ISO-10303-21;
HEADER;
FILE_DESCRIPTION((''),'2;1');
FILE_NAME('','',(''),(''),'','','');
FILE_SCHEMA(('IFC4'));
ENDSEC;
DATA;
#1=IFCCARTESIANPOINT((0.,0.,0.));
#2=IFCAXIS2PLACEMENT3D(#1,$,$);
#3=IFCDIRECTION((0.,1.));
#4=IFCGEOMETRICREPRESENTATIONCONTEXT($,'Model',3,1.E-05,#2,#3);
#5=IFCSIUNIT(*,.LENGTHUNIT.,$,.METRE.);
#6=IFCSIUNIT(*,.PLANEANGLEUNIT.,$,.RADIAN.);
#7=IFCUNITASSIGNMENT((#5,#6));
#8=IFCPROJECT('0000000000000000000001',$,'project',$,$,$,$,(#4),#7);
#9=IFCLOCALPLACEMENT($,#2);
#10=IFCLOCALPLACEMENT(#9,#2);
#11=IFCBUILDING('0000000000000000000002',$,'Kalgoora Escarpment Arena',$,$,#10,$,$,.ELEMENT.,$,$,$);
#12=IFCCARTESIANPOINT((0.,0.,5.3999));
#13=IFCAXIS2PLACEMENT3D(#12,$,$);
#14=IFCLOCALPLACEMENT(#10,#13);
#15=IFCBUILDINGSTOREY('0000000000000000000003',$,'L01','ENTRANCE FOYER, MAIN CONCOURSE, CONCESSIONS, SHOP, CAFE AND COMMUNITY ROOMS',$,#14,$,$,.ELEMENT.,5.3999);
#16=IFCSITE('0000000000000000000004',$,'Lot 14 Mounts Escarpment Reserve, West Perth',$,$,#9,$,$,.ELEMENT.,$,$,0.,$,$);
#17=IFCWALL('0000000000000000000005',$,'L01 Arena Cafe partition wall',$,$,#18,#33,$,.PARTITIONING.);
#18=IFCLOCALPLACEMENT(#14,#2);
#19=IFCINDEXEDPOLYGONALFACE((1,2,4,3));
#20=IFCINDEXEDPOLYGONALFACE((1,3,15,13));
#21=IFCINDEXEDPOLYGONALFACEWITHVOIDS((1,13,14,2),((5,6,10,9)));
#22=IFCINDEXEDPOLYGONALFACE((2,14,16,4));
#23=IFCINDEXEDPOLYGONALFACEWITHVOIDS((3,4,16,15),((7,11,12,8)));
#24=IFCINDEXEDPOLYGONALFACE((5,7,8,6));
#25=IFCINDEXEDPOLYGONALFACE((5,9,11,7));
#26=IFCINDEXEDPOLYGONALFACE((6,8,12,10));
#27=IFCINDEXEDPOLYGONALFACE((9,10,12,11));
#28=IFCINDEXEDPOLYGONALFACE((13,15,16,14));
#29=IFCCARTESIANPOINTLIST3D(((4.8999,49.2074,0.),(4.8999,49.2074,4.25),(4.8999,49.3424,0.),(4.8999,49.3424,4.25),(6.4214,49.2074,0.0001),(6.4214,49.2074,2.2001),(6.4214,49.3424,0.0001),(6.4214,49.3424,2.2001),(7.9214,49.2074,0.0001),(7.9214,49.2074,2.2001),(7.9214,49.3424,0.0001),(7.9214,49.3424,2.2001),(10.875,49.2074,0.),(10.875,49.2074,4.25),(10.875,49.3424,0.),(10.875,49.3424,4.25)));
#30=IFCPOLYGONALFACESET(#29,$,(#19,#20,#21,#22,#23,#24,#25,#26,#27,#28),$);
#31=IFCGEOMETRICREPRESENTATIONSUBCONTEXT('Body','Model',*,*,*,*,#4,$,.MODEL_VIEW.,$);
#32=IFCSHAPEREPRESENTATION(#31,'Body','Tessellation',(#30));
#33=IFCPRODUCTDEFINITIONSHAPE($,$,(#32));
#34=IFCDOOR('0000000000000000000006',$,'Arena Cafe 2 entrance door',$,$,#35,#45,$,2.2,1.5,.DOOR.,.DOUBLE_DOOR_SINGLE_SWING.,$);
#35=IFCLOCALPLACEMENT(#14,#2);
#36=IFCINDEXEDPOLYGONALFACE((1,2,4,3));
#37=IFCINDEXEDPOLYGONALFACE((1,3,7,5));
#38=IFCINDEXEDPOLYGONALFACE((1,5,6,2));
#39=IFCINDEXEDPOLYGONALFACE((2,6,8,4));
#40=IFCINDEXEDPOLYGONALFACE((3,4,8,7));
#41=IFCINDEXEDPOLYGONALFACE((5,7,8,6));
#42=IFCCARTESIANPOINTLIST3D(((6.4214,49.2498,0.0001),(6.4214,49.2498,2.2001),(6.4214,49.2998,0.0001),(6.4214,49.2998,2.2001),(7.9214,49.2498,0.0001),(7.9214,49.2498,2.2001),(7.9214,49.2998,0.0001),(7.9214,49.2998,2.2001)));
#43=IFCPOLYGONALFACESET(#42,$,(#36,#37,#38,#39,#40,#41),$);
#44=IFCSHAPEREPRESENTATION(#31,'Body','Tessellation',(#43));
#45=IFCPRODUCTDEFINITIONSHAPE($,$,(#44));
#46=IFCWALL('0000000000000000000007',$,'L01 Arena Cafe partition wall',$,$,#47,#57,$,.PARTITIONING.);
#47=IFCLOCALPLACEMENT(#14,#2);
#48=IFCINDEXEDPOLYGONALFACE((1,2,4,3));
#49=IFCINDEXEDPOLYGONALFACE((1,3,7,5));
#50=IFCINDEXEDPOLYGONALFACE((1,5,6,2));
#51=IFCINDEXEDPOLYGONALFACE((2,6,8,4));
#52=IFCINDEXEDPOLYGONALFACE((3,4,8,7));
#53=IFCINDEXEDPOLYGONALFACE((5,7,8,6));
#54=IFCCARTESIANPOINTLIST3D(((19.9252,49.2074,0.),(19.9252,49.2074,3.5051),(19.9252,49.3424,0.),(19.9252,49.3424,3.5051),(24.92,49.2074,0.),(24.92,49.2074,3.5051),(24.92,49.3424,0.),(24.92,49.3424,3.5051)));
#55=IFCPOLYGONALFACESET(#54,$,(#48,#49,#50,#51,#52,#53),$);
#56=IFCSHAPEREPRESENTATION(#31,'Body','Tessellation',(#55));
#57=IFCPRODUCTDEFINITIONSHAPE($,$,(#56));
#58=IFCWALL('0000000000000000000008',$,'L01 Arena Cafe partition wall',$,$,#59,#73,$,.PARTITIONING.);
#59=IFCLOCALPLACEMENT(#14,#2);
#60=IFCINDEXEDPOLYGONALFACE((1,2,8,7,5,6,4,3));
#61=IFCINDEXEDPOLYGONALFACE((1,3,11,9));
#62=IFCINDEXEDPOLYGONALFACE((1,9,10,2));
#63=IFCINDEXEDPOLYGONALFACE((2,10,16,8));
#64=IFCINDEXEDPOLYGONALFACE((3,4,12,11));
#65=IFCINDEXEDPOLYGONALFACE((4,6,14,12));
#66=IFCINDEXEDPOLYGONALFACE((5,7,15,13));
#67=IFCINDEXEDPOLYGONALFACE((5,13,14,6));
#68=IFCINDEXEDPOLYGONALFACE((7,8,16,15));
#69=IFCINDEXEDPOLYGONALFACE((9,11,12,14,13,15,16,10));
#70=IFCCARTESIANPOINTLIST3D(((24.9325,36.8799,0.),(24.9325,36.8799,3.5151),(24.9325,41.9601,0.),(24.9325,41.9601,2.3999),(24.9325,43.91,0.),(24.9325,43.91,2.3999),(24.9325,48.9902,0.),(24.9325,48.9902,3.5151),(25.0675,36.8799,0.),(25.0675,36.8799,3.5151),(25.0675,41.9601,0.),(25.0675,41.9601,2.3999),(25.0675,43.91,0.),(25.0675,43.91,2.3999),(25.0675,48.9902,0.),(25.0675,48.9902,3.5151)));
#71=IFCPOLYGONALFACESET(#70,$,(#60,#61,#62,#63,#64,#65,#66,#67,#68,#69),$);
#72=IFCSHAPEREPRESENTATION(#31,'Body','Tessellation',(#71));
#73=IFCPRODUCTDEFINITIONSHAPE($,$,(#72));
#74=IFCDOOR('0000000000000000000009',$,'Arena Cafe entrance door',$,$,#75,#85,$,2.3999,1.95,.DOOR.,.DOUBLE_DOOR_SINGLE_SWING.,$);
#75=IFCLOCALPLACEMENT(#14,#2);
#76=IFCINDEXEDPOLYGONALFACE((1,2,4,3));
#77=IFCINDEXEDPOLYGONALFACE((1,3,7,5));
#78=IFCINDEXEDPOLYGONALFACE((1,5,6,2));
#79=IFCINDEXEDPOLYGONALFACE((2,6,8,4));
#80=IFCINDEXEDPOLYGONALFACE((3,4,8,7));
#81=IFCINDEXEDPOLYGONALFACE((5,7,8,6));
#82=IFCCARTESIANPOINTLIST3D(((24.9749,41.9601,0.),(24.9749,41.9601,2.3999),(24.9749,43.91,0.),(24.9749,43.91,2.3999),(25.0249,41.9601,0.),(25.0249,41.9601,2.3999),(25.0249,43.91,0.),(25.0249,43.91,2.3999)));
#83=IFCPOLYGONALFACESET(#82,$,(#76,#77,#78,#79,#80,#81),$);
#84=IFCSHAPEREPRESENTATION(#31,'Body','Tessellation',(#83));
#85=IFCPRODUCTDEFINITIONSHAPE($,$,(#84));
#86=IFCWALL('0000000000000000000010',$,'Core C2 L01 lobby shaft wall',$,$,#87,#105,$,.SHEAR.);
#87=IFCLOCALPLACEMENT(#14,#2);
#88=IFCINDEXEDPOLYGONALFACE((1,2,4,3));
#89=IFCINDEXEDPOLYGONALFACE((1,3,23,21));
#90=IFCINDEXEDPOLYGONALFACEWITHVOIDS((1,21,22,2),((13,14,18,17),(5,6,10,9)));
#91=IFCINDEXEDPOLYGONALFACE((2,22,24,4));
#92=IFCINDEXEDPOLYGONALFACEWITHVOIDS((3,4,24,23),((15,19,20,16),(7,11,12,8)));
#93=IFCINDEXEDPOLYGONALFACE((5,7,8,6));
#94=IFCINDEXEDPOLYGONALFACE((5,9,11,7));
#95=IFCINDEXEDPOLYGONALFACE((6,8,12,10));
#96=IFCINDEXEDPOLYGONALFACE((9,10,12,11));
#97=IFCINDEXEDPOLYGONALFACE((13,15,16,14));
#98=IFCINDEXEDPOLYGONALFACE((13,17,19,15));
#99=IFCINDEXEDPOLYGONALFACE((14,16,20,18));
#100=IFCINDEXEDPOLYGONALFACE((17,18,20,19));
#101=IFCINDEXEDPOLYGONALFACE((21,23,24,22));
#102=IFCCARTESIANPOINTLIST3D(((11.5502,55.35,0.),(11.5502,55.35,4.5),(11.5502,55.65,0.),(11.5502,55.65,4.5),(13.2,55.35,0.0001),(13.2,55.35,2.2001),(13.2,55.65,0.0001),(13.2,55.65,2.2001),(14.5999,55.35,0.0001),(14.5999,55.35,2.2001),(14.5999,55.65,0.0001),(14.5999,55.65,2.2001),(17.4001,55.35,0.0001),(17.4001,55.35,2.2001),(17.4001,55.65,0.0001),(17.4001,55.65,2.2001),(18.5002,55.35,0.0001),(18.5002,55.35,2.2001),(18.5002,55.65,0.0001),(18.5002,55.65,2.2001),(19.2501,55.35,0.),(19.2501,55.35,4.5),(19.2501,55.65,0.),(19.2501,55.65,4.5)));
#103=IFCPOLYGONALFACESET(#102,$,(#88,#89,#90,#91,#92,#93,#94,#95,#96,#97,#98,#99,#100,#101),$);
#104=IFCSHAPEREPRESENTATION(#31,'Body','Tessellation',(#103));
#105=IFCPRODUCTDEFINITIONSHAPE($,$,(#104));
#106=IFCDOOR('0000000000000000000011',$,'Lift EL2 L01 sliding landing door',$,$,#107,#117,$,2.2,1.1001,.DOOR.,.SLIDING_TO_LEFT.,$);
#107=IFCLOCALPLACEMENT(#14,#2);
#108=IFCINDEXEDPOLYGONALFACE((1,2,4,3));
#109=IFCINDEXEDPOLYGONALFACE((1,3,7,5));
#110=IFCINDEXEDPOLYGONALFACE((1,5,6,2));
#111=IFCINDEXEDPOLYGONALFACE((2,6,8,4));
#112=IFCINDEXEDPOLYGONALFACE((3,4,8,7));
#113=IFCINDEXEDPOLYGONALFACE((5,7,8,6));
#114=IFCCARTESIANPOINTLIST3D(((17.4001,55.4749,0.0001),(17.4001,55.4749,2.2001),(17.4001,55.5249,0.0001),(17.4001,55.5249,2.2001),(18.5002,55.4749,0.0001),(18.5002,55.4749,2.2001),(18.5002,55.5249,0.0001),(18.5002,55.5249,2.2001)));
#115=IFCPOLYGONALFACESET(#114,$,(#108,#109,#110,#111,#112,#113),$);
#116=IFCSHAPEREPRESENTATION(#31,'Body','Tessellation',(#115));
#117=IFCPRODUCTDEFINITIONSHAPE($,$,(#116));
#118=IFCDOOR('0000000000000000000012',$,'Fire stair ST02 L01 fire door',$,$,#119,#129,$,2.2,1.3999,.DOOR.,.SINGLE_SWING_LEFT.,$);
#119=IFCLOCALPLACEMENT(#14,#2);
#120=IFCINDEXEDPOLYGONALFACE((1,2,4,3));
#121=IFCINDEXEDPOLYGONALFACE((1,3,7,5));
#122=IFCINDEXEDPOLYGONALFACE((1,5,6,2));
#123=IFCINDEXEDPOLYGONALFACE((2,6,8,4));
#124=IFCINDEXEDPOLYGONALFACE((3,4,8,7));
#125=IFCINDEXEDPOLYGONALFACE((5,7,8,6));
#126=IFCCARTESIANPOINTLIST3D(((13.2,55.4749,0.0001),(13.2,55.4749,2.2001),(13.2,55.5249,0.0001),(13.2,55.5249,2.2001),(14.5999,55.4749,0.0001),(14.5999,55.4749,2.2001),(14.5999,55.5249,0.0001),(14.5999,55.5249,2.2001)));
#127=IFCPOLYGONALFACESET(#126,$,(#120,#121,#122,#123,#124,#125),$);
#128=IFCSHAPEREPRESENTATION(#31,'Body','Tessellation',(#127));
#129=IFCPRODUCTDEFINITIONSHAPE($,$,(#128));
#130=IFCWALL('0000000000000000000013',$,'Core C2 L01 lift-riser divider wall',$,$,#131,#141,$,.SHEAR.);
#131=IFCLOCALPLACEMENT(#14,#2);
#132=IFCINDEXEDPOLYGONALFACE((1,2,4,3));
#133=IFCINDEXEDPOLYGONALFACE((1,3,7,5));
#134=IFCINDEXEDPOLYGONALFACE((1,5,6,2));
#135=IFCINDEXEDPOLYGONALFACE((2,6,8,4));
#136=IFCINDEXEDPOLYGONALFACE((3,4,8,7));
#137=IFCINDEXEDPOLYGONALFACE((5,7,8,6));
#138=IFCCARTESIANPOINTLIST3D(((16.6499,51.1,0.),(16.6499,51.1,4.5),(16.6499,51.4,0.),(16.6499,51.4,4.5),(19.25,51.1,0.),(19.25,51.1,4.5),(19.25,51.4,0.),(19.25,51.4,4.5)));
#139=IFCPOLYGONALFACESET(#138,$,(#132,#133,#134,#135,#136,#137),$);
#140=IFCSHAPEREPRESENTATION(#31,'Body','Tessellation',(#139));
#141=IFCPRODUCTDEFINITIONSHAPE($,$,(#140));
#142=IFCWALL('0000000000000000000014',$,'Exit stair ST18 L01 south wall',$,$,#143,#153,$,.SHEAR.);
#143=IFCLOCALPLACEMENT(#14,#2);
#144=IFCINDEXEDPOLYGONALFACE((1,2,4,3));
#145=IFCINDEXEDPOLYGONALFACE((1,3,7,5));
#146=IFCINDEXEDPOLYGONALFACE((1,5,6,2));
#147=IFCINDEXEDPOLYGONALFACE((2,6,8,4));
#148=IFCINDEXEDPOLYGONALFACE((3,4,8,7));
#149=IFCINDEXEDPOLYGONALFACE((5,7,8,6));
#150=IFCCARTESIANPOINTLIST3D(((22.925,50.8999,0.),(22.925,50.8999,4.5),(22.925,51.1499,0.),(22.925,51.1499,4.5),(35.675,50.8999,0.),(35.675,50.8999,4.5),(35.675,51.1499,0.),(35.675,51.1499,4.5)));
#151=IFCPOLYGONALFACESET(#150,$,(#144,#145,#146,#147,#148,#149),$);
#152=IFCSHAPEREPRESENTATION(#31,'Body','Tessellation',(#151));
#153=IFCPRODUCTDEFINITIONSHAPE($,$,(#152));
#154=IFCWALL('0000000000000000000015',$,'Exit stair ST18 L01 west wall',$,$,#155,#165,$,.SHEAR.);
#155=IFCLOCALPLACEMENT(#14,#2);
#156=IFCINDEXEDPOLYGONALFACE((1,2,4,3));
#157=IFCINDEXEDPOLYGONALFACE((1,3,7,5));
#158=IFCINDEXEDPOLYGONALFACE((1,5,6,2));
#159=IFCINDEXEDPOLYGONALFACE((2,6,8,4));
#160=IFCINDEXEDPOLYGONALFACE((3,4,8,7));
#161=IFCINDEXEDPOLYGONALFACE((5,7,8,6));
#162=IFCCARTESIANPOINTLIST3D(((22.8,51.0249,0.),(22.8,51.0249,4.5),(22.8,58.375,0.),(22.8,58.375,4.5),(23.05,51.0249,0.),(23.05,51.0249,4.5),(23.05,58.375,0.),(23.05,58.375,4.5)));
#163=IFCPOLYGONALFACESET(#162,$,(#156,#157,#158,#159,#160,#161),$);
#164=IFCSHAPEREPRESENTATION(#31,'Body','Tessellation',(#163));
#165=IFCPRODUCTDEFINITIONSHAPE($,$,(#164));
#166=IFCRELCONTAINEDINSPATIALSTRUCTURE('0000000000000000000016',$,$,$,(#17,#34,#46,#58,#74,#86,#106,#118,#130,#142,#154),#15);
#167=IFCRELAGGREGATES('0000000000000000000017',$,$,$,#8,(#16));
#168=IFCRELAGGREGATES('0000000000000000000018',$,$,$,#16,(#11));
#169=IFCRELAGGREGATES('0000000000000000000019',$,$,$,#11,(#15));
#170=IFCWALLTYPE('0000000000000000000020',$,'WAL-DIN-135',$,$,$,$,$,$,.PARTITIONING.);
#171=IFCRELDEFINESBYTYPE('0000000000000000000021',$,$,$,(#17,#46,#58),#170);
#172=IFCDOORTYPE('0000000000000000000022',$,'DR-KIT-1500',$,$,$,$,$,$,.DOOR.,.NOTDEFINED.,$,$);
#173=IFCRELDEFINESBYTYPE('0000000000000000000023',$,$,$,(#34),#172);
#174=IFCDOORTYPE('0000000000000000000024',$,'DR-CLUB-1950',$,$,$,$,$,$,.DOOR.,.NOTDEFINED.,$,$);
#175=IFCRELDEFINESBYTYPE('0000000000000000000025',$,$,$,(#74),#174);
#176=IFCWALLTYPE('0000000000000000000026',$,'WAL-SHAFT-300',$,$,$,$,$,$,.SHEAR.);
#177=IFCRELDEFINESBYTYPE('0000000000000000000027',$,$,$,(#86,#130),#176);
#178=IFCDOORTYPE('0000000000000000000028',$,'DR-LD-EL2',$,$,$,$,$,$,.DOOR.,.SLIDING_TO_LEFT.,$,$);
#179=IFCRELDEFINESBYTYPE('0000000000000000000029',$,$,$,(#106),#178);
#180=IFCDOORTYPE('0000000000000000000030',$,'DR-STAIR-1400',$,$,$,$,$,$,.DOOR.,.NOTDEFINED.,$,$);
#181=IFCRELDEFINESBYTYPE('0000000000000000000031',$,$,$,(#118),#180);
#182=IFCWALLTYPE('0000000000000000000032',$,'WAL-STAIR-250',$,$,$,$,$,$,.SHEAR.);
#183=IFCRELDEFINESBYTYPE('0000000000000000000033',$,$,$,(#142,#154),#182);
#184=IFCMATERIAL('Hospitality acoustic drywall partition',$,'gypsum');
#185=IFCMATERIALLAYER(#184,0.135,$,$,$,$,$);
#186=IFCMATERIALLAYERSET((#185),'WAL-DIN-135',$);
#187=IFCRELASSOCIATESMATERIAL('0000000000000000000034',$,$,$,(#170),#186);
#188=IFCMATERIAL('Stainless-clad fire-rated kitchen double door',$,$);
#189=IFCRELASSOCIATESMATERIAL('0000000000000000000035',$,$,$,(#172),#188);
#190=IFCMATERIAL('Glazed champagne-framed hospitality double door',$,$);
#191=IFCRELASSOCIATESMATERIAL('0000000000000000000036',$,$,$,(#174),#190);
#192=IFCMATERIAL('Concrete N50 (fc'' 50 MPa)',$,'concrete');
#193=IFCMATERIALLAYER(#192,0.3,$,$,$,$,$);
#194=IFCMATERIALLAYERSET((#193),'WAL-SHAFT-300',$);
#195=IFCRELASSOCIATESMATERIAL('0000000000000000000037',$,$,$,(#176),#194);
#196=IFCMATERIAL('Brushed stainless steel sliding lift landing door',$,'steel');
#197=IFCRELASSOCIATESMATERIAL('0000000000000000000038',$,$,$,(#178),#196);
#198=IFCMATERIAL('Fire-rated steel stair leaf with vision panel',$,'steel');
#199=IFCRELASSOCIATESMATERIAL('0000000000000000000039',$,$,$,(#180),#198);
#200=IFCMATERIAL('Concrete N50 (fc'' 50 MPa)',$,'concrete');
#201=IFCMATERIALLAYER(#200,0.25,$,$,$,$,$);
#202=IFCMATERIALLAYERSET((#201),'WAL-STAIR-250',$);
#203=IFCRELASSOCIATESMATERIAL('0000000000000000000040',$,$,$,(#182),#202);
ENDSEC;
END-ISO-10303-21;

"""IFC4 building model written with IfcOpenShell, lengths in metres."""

from ifc_helpers import new_model, si_unit, direction, frame, frame_2d, origin, place, context, subcontext, project, spatial, rectangle, extrude, material, layer, layer_set, type_object, element, fill, save


model = new_model("IFC4")

# Units and contexts
model_context = context("Model", 3, precision=1e-05, world=origin(), true_north=direction((0.0, 1.0)))
body_context = subcontext(model_context, "Body", "Model", "MODEL_VIEW")
ifc_project = project(units=[si_unit("LENGTHUNIT", "METRE"), si_unit("PLANEANGLEUNIT", "RADIAN")], contexts=[model_context])

# Site, building, storey
site_placement = place(None, origin())
site = spatial("IfcSite", under=ifc_project, at=site_placement, Name="Lot 14 Mounts Escarpment Reserve, West Perth", CompositionType="ELEMENT", RefElevation=0.0)
building_placement = place(site_placement, origin())
building = spatial("IfcBuilding", under=site, at=building_placement, Name="Kalgoora Escarpment Arena", CompositionType="ELEMENT")
storey_placement = place(building_placement, frame((0.0, 0.0, 5.3999)))
storey = spatial("IfcBuildingStorey", under=building, at=storey_placement, Name="L01", Description="ENTRANCE FOYER, MAIN CONCOURSE, CONCESSIONS, SHOP, CAFE AND COMMUNITY ROOMS", CompositionType="ELEMENT", Elevation=5.3999)

# Wall, opening, door
ifc_material_1 = material(Name="Hospitality acoustic drywall partition", Category="gypsum")
ifc_layer_1 = layer(ifc_material_1, 0.135)
ifc_layer_set_1 = layer_set([ifc_layer_1], Name="WAL-DIN-135")
wall_type_1 = type_object("IfcWallType", Name="WAL-DIN-135", PredefinedType="PARTITIONING", material=ifc_layer_set_1)
wall_1_placement = place(storey_placement, frame((4.8999, 49.2749, 0.0), z_axis=(0.0, 0.0, 1.0), x_axis=(1.0, 0.0, 0.0)))
wall_1 = element("IfcWall", 1, at=wall_1_placement, inside=storey, type_object=wall_type_1, Name="L01 Arena Cafe partition wall", PredefinedType="PARTITIONING", context=body_context, shape_type="SweptSolid", body=[
    extrude(rectangle(XDim=5.9751, YDim=0.135, at=frame_2d((2.9875, 0.0))), origin(), (0.0, 0.0, 1.0), 4.25),
])
opening_1_placement = place(wall_1_placement, frame((1.5215, 0.0, 0.0)))
opening_1 = element("IfcOpeningElement", 2, at=opening_1_placement, cuts=wall_1, PredefinedType="OPENING", context=body_context, shape_type="SweptSolid", body=[
    extrude(rectangle(XDim=1.5, YDim=2.2, at=frame_2d((0.75, 1.1001))), frame((0.0, 0.0774, 0.0), z_axis=(0.0, -1.0, 0.0), x_axis=(1.0, 0.0, 0.0)), (0.0, 0.0, 1.0), 0.155),
])
ifc_material_2 = material(Name="Stainless-clad fire-rated kitchen double door")
door_type_1 = type_object("IfcDoorType", Name="DR-KIT-1500", OperationType="NOTDEFINED", PredefinedType="DOOR", material=ifc_material_2)
door_1_placement = place(opening_1_placement, origin())
door_1 = element("IfcDoor", 3, at=door_1_placement, inside=storey, type_object=door_type_1, Name="Arena Cafe 2 entrance door", OperationType="DOUBLE_DOOR_SINGLE_SWING", OverallHeight=2.2, OverallWidth=1.5, PredefinedType="DOOR", context=body_context, shape_type="SweptSolid", body=[
    extrude(rectangle(XDim=1.5, YDim=2.2, at=frame_2d((0.75, 1.1001))), frame((0.0, 0.0249, 0.0), z_axis=(0.0, -1.0, 0.0), x_axis=(1.0, 0.0, 0.0)), (0.0, 0.0, 1.0), 0.05),
])
fill(opening_1, door_1)

# Wall
wall_2_placement = place(storey_placement, frame((19.925, 49.2749, 0.0), z_axis=(0.0, 0.0, 1.0), x_axis=(1.0, 0.0, 0.0)))
element("IfcWall", 4, at=wall_2_placement, inside=storey, type_object=wall_type_1, Name="L01 Arena Cafe partition wall", PredefinedType="PARTITIONING", context=body_context, shape_type="SweptSolid", body=[
    extrude(rectangle(XDim=4.9949, YDim=0.135, at=frame_2d((2.4976, 0.0))), origin(), (0.0, 0.0, 1.0), 3.5051),
])

# Wall, opening, door
wall_3_placement = place(storey_placement, frame((25.0, 48.9902, 0.0), z_axis=(0.0, 0.0, 1.0), x_axis=(0.0, -1.0, 0.0)))
wall_3 = element("IfcWall", 5, at=wall_3_placement, inside=storey, type_object=wall_type_1, Name="L01 Arena Cafe partition wall", PredefinedType="PARTITIONING", context=body_context, shape_type="SweptSolid", body=[
    extrude(rectangle(XDim=12.1104, YDim=0.135, at=frame_2d((6.0552, 0.0))), origin(), (0.0, 0.0, 1.0), 3.5151),
])
opening_2_placement = place(wall_3_placement, frame((5.0801, 0.0, 0.0)))
opening_2 = element("IfcOpeningElement", 6, at=opening_2_placement, cuts=wall_3, PredefinedType="OPENING", context=body_context, shape_type="SweptSolid", body=[
    extrude(rectangle(XDim=1.95, YDim=2.3999, at=frame_2d((0.9751, 1.2))), frame((0.0, 0.0774, 0.0), z_axis=(0.0, -1.0, 0.0), x_axis=(1.0, 0.0, 0.0)), (0.0, 0.0, 1.0), 0.155),
])
ifc_material_3 = material(Name="Glazed champagne-framed hospitality double door")
door_type_2 = type_object("IfcDoorType", Name="DR-CLUB-1950", OperationType="NOTDEFINED", PredefinedType="DOOR", material=ifc_material_3)
door_2_placement = place(opening_2_placement, origin())
door_2 = element("IfcDoor", 7, at=door_2_placement, inside=storey, type_object=door_type_2, Name="Arena Cafe entrance door", OperationType="DOUBLE_DOOR_SINGLE_SWING", OverallHeight=2.3999, OverallWidth=1.95, PredefinedType="DOOR", context=body_context, shape_type="SweptSolid", body=[
    extrude(rectangle(XDim=1.95, YDim=2.3999, at=frame_2d((0.9751, 1.2))), frame((0.0, 0.0249, 0.0), z_axis=(0.0, -1.0, 0.0), x_axis=(1.0, 0.0, 0.0)), (0.0, 0.0, 1.0), 0.05),
])
fill(opening_2, door_2)

# Wall, openings, doors
ifc_material_4 = material(Name="Concrete N50 (fc' 50 MPa)", Category="concrete")
ifc_layer_2 = layer(ifc_material_4, 0.3)
ifc_layer_set_2 = layer_set([ifc_layer_2], Name="WAL-SHAFT-300")
wall_type_2 = type_object("IfcWallType", Name="WAL-SHAFT-300", PredefinedType="SHEAR", material=ifc_layer_set_2)
wall_4_placement = place(storey_placement, frame((11.55, 55.5, 0.0), z_axis=(0.0, 0.0, 1.0), x_axis=(1.0, 0.0, 0.0)))
wall_4 = element("IfcWall", 8, at=wall_4_placement, inside=storey, type_object=wall_type_2, Name="Core C2 L01 lobby shaft wall", PredefinedType="SHEAR", context=body_context, shape_type="SweptSolid", body=[
    extrude(rectangle(XDim=7.7, YDim=0.3, at=frame_2d((3.8501, 0.0))), origin(), (0.0, 0.0, 1.0), 4.5),
])
opening_3_placement = place(wall_4_placement, frame((1.6499, 0.0, 0.0)))
opening_3 = element("IfcOpeningElement", 9, at=opening_3_placement, cuts=wall_4, PredefinedType="OPENING", context=body_context, shape_type="SweptSolid", body=[
    extrude(rectangle(XDim=1.3999, YDim=2.2, at=frame_2d((0.7, 1.1001))), frame((0.0, 0.1599, 0.0), z_axis=(0.0, -1.0, 0.0), x_axis=(1.0, 0.0, 0.0)), (0.0, 0.0, 1.0), 0.3201),
])
opening_4_placement = place(wall_4_placement, frame((5.8501, 0.0, 0.0)))
opening_4 = element("IfcOpeningElement", 10, at=opening_4_placement, cuts=wall_4, PredefinedType="OPENING", context=body_context, shape_type="SweptSolid", body=[
    extrude(rectangle(XDim=1.1001, YDim=2.2, at=frame_2d((0.55, 1.1001))), frame((0.0, 0.1599, 0.0), z_axis=(0.0, -1.0, 0.0), x_axis=(1.0, 0.0, 0.0)), (0.0, 0.0, 1.0), 0.3201),
])
ifc_material_5 = material(Name="Brushed stainless steel sliding lift landing door", Category="steel")
door_type_3 = type_object("IfcDoorType", Name="DR-LD-EL2", OperationType="SLIDING_TO_LEFT", PredefinedType="DOOR", material=ifc_material_5)
door_3_placement = place(opening_4_placement, origin())
door_3 = element("IfcDoor", 11, at=door_3_placement, inside=storey, type_object=door_type_3, Name="Lift EL2 L01 sliding landing door", OperationType="SLIDING_TO_LEFT", OverallHeight=2.2, OverallWidth=1.1001, PredefinedType="DOOR", context=body_context, shape_type="SweptSolid", body=[
    extrude(rectangle(XDim=1.1001, YDim=2.2, at=frame_2d((0.55, 1.1001))), frame((0.0, 0.0249, 0.0), z_axis=(0.0, -1.0, 0.0), x_axis=(1.0, 0.0, 0.0)), (0.0, 0.0, 1.0), 0.05),
])
fill(opening_4, door_3)
ifc_material_6 = material(Name="Fire-rated steel stair leaf with vision panel", Category="steel")
door_type_4 = type_object("IfcDoorType", Name="DR-STAIR-1400", OperationType="NOTDEFINED", PredefinedType="DOOR", material=ifc_material_6)
door_4_placement = place(opening_3_placement, origin())
door_4 = element("IfcDoor", 12, at=door_4_placement, inside=storey, type_object=door_type_4, Name="Fire stair ST02 L01 fire door", OperationType="SINGLE_SWING_LEFT", OverallHeight=2.2, OverallWidth=1.3999, PredefinedType="DOOR", context=body_context, shape_type="SweptSolid", body=[
    extrude(rectangle(XDim=1.3999, YDim=2.2, at=frame_2d((0.7, 1.1001))), frame((0.0, 0.0249, 0.0), z_axis=(0.0, -1.0, 0.0), x_axis=(1.0, 0.0, 0.0)), (0.0, 0.0, 1.0), 0.05),
])
fill(opening_3, door_4)

# Walls
wall_5_placement = place(storey_placement, frame((16.6499, 51.25, 0.0), z_axis=(0.0, 0.0, 1.0), x_axis=(1.0, 0.0, 0.0)))
element("IfcWall", 13, at=wall_5_placement, inside=storey, type_object=wall_type_2, Name="Core C2 L01 lift-riser divider wall", PredefinedType="SHEAR", context=body_context, shape_type="SweptSolid", body=[
    extrude(rectangle(XDim=2.6001, YDim=0.3, at=frame_2d((1.3, 0.0))), origin(), (0.0, 0.0, 1.0), 4.5),
])
ifc_material_7 = material(Name="Concrete N50 (fc' 50 MPa)", Category="concrete")
ifc_layer_3 = layer(ifc_material_7, 0.25)
ifc_layer_set_3 = layer_set([ifc_layer_3], Name="WAL-STAIR-250")
wall_type_3 = type_object("IfcWallType", Name="WAL-STAIR-250", PredefinedType="SHEAR", material=ifc_layer_set_3)
wall_6_placement = place(storey_placement, frame((22.925, 51.0249, 0.0), z_axis=(0.0, 0.0, 1.0), x_axis=(1.0, 0.0, 0.0)))
element("IfcWall", 14, at=wall_6_placement, inside=storey, type_object=wall_type_3, Name="Exit stair ST18 L01 south wall", PredefinedType="SHEAR", context=body_context, shape_type="SweptSolid", body=[
    extrude(rectangle(XDim=12.75, YDim=0.25, at=frame_2d((6.375, 0.0))), origin(), (0.0, 0.0, 1.0), 4.5),
])
wall_7_placement = place(storey_placement, frame((22.925, 51.0249, 0.0), z_axis=(0.0, 0.0, 1.0), x_axis=(0.0, 1.0, 0.0)))
element("IfcWall", 15, at=wall_7_placement, inside=storey, type_object=wall_type_3, Name="Exit stair ST18 L01 west wall", PredefinedType="SHEAR", context=body_context, shape_type="SweptSolid", body=[
    extrude(rectangle(XDim=7.3501, YDim=0.25, at=frame_2d((3.675, 0.0))), origin(), (0.0, 0.0, 1.0), 4.5),
])

save(model, "model.ifc")
